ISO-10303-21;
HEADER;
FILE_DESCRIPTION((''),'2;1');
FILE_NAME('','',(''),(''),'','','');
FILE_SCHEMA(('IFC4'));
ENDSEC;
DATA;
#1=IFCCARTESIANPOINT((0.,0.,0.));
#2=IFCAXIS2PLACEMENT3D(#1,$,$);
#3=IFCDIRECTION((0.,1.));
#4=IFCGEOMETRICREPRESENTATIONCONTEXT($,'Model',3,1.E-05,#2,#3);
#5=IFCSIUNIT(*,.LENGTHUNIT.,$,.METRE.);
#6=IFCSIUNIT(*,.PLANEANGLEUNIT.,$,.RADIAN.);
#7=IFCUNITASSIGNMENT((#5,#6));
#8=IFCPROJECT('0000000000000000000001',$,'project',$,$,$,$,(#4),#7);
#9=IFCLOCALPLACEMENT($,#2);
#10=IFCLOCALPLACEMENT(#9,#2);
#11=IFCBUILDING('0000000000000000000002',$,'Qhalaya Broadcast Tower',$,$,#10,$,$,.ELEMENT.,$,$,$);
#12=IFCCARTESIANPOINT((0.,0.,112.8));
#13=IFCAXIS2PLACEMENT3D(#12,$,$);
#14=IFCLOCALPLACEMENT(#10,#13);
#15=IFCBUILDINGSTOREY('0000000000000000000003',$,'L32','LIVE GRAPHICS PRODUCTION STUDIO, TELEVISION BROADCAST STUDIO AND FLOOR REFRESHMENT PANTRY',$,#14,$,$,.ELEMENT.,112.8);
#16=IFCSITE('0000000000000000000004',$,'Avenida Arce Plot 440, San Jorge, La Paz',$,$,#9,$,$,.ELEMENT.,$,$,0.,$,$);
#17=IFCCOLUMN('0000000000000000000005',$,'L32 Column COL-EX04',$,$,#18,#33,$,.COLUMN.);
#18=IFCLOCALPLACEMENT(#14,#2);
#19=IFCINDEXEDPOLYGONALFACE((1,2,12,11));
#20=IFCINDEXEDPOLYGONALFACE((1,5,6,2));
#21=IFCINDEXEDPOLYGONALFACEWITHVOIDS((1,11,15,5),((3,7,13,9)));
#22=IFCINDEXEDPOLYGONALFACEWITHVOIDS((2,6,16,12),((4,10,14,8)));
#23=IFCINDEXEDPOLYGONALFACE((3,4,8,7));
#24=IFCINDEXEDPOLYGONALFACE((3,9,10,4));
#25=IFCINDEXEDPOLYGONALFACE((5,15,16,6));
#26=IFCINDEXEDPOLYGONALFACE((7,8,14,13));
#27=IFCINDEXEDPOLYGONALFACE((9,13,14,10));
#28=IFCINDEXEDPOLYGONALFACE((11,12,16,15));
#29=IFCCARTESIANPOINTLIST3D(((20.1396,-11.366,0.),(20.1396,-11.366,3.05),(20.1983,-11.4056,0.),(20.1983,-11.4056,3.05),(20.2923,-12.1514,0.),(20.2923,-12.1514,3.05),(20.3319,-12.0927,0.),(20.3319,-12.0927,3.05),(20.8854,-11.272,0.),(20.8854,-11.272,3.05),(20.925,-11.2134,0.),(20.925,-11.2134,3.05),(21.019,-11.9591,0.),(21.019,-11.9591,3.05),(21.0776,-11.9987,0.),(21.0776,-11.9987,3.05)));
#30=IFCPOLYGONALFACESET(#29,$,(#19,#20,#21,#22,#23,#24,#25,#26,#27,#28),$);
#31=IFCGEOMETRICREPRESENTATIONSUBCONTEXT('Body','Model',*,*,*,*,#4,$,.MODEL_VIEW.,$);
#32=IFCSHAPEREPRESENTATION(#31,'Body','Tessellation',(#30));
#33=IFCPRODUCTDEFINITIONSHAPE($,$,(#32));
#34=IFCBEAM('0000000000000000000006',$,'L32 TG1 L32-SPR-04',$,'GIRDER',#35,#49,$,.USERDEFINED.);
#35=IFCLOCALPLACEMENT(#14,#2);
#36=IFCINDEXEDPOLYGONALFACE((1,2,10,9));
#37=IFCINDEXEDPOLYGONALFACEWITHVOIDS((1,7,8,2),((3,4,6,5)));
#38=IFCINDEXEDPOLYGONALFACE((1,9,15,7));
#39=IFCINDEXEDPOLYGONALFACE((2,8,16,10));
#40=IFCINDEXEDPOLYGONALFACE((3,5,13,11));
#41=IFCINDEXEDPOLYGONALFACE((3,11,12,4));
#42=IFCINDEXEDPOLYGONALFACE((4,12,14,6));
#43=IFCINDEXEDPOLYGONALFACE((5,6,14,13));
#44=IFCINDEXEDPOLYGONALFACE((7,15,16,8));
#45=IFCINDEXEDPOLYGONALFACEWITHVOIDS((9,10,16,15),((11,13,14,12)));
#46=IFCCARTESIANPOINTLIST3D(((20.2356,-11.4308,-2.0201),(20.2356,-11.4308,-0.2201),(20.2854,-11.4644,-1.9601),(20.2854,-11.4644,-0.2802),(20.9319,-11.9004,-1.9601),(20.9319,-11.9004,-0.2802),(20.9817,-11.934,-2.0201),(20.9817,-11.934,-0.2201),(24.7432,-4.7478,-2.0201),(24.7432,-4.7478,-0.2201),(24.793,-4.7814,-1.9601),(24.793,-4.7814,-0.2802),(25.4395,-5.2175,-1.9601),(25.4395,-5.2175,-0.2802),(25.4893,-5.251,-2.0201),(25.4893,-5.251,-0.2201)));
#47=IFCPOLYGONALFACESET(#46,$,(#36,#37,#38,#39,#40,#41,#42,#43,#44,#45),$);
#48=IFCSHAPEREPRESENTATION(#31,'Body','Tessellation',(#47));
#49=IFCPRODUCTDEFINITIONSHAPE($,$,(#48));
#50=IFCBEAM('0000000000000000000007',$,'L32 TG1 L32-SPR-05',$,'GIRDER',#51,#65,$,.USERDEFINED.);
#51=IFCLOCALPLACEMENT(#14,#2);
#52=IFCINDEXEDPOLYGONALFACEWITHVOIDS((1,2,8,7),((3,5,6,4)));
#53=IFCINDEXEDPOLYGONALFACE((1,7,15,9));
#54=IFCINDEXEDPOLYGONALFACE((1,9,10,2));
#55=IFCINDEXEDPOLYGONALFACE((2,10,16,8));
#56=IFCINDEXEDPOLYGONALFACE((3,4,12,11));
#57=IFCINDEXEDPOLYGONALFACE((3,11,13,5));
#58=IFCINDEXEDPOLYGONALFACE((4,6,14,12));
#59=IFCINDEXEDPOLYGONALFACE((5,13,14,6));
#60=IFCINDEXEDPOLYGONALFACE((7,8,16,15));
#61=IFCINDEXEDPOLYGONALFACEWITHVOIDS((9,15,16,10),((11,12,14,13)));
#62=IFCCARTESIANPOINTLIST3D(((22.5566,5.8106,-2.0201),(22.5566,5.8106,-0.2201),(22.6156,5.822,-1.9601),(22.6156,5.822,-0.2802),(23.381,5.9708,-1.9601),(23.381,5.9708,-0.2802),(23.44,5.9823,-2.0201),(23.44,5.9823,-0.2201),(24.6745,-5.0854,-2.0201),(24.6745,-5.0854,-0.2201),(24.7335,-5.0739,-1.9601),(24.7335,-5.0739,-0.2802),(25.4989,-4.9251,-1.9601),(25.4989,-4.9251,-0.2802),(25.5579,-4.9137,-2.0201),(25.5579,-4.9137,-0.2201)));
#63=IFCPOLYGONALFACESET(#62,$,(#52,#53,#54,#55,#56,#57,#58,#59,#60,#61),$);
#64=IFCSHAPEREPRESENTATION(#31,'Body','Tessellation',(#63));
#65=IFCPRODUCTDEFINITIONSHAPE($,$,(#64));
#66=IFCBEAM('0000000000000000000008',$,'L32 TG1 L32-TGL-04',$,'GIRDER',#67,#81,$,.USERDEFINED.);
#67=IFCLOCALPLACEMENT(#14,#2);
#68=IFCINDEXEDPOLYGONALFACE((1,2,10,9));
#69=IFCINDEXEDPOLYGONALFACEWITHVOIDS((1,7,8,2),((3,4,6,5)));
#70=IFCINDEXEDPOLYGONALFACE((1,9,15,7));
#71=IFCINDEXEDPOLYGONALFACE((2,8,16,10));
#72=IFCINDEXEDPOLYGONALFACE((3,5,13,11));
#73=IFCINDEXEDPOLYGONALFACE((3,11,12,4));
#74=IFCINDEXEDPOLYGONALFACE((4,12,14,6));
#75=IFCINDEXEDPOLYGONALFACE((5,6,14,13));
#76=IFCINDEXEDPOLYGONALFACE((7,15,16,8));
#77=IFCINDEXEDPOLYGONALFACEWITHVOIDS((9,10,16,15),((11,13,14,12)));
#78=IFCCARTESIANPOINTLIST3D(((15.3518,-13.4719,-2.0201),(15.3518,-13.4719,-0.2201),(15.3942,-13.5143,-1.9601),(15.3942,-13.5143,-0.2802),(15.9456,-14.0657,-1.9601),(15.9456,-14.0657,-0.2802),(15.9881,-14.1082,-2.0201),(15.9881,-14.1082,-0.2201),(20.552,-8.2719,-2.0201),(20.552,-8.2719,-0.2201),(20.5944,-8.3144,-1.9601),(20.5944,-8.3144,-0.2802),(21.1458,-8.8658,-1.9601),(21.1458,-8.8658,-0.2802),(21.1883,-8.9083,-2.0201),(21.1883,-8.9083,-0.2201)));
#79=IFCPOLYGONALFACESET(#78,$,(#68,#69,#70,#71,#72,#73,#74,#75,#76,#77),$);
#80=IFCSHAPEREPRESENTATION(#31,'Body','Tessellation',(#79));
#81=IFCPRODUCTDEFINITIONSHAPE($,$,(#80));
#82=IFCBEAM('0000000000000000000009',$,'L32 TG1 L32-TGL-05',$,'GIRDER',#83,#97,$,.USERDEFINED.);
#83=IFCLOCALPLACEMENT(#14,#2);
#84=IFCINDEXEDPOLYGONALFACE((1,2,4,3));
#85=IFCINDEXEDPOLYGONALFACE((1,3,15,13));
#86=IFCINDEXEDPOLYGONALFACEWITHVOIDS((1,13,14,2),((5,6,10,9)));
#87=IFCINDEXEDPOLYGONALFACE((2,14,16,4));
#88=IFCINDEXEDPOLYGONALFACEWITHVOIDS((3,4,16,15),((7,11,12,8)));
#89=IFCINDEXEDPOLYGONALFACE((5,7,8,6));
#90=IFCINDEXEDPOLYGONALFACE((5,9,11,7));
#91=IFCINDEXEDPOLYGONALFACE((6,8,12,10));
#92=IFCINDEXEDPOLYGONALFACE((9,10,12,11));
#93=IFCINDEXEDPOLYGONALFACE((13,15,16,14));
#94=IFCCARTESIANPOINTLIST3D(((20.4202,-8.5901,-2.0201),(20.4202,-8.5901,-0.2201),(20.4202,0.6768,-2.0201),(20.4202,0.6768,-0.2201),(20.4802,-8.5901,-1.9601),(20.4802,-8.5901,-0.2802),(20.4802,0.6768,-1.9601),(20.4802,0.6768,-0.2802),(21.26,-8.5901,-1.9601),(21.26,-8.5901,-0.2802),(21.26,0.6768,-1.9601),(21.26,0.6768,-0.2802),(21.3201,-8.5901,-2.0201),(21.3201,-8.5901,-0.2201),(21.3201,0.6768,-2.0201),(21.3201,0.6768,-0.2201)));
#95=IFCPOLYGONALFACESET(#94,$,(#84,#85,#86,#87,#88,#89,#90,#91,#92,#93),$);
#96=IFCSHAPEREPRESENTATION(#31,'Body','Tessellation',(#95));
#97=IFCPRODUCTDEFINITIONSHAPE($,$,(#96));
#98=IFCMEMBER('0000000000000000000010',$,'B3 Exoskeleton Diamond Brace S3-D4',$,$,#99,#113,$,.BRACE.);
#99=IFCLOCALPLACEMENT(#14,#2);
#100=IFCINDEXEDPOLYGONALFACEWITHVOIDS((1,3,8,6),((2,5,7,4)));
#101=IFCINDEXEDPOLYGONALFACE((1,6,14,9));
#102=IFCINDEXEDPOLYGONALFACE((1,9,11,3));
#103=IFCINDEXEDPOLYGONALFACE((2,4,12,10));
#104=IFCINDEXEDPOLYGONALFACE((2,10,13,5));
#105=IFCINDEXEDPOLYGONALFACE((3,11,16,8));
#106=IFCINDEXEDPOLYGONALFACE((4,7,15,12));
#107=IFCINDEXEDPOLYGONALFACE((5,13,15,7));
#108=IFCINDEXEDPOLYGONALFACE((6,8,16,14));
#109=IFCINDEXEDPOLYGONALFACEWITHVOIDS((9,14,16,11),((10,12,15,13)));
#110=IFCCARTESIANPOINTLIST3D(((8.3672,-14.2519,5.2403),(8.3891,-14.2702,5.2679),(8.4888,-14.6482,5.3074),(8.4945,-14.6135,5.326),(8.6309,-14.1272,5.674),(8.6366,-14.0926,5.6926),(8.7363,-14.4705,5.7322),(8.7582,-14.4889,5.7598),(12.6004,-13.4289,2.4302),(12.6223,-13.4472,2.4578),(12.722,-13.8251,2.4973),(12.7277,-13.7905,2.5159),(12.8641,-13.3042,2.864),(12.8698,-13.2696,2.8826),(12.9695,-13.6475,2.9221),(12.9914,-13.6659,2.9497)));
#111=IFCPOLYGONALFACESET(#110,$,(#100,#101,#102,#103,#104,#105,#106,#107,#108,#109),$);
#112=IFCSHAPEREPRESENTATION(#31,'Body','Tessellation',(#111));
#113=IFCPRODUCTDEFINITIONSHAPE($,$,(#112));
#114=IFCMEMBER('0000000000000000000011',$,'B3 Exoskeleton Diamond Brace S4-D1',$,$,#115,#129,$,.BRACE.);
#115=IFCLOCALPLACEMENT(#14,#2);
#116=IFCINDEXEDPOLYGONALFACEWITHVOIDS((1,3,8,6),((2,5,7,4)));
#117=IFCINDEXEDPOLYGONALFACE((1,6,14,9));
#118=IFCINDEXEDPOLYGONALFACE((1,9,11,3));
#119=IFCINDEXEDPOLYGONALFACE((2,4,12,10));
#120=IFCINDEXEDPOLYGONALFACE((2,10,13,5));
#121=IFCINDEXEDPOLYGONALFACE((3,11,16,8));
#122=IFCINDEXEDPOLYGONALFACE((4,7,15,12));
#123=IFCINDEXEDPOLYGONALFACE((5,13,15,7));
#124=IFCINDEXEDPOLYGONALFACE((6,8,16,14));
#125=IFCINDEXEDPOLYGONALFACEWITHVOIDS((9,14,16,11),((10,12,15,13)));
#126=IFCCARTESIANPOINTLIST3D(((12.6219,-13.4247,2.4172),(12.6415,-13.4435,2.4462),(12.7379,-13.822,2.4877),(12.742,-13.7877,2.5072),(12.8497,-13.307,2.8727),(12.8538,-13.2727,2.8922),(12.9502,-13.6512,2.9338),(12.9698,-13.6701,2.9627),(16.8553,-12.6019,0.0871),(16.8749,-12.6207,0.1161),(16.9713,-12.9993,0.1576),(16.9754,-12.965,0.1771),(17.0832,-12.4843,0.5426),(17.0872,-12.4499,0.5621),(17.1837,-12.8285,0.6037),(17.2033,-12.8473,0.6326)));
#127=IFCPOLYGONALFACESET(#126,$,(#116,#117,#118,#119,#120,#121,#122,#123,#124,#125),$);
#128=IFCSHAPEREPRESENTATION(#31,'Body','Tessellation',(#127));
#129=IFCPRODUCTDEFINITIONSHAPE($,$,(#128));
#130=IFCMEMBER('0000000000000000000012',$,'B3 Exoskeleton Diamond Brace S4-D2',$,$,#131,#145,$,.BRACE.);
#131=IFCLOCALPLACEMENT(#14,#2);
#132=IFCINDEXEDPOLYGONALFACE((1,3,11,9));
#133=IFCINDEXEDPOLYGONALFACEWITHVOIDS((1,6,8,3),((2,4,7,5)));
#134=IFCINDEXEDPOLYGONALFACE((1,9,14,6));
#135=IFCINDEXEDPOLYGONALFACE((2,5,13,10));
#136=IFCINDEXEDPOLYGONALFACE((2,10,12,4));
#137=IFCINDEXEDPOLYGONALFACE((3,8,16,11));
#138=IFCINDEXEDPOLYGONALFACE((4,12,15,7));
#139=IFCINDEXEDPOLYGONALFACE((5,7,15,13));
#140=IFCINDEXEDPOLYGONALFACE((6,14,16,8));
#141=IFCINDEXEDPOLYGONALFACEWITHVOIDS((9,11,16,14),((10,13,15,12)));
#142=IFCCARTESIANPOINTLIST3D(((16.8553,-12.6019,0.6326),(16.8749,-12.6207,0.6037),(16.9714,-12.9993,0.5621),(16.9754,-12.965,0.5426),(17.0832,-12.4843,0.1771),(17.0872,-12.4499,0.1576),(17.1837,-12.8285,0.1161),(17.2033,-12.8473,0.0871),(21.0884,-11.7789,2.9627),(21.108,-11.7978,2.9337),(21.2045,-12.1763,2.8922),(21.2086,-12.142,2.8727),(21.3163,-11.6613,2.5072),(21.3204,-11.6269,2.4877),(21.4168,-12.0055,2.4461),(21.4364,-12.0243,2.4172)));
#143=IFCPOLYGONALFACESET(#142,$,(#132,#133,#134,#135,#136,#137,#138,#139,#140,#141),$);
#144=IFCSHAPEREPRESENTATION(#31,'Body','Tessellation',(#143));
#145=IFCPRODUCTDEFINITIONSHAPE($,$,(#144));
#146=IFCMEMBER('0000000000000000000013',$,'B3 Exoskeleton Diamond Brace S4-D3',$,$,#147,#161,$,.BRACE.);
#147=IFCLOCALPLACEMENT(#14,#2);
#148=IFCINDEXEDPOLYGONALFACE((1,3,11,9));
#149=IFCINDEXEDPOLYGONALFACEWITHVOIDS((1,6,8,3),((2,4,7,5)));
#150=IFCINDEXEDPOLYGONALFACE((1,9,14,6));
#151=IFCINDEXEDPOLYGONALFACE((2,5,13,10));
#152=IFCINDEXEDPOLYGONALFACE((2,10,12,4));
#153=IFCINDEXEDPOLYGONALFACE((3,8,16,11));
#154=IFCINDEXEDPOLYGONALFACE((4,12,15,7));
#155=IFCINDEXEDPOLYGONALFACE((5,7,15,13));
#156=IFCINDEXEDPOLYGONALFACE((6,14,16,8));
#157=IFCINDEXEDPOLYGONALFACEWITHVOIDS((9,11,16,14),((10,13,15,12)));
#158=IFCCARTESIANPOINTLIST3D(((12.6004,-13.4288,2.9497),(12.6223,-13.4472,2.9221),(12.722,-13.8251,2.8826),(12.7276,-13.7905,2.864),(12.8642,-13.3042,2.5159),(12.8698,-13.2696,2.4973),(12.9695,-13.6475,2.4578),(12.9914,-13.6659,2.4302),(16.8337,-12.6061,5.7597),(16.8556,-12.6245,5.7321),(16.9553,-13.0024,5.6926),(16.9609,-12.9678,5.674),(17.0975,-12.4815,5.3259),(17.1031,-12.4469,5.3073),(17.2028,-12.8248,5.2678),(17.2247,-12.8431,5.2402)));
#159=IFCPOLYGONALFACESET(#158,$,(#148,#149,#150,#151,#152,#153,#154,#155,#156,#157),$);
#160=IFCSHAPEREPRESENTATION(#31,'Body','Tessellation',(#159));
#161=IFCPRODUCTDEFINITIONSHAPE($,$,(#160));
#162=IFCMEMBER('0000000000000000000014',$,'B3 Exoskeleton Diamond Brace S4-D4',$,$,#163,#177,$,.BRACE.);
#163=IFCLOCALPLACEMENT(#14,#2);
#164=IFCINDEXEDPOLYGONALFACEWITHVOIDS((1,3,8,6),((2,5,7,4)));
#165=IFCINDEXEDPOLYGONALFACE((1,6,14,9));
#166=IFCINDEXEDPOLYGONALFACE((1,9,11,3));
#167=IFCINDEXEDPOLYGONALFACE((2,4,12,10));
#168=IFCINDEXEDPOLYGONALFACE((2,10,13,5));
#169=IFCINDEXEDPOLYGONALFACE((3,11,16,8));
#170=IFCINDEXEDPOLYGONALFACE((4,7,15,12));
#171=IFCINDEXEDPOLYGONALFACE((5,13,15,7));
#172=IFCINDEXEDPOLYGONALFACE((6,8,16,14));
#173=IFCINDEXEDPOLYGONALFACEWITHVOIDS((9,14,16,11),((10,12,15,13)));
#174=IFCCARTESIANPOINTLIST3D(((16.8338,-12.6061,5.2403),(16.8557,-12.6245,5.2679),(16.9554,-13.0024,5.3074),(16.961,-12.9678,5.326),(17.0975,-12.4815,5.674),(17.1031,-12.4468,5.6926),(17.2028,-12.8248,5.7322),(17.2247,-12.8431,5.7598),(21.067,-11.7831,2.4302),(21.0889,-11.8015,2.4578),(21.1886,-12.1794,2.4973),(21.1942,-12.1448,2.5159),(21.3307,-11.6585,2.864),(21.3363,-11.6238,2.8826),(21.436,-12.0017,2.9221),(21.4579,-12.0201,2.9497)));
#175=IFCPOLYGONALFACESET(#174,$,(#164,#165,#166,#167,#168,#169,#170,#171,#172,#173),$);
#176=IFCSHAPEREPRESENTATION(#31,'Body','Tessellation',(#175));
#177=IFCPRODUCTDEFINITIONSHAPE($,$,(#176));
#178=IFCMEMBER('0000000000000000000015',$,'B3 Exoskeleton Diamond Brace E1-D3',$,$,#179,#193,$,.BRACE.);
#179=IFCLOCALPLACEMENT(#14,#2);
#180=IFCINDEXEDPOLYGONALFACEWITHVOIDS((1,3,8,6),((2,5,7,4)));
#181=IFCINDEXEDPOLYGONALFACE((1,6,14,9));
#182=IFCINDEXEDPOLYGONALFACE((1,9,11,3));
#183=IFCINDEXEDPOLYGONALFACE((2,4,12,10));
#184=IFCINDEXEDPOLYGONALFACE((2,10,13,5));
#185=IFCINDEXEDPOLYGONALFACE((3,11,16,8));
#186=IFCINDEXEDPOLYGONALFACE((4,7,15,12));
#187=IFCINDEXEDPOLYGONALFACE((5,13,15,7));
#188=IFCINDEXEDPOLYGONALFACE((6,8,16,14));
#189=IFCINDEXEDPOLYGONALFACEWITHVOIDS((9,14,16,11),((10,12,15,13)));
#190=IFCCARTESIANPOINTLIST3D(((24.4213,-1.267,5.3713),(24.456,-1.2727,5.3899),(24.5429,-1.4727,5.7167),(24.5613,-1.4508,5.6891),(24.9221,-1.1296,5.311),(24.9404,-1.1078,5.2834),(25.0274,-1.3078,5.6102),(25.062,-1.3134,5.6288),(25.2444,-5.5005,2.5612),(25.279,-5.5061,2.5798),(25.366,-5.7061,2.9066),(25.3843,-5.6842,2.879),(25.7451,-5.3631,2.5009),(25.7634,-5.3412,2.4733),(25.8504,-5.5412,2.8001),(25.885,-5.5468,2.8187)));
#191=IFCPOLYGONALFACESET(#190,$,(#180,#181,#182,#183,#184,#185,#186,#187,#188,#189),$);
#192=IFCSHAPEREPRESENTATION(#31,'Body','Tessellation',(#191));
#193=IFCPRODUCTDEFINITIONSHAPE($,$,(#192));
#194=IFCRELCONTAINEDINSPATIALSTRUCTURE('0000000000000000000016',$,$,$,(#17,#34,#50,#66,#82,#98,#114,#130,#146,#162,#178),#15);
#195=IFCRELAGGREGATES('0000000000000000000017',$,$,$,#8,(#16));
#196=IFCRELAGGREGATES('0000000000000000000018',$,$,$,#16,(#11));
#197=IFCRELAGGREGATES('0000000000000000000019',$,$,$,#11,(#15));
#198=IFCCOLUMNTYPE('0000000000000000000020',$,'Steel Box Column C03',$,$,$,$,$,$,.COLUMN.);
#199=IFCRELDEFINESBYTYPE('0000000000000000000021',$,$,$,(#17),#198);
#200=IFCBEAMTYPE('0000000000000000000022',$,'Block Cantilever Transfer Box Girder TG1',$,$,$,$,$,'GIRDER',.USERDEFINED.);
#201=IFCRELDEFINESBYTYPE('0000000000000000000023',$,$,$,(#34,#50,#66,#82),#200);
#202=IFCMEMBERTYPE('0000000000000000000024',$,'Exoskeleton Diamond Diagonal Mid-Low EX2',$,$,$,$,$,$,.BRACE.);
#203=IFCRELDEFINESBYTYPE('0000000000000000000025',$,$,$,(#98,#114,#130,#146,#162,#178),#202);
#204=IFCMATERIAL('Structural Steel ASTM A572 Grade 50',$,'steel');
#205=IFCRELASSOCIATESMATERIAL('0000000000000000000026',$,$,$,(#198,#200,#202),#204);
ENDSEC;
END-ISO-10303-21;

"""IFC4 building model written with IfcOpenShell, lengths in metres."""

from ifc_helpers import new_model, si_unit, direction, frame, origin, origin_2d, place, context, subcontext, project, spatial, hollow_rectangle, extrude, material, material_profile, profile_set, type_object, element, save


model = new_model("IFC4")

# Units and contexts
model_context = context("Model", 3, precision=1e-05, world=origin(), true_north=direction((0.0, 1.0)))
body_context = subcontext(model_context, "Body", "Model", "MODEL_VIEW")
ifc_project = project(units=[si_unit("LENGTHUNIT", "METRE"), si_unit("PLANEANGLEUNIT", "RADIAN")], contexts=[model_context])

# Site, building, storey
site_placement = place(None, origin())
site = spatial("IfcSite", under=ifc_project, at=site_placement, Name="Avenida Arce Plot 440, San Jorge, La Paz", CompositionType="ELEMENT", RefElevation=0.0)
building_placement = place(site_placement, origin())
building = spatial("IfcBuilding", under=site, at=building_placement, Name="Qhalaya Broadcast Tower", CompositionType="ELEMENT")
storey_placement = place(building_placement, frame((0.0, 0.0, 112.8)))
storey = spatial("IfcBuildingStorey", under=building, at=storey_placement, Name="L32", Description="LIVE GRAPHICS PRODUCTION STUDIO, TELEVISION BROADCAST STUDIO AND FLOOR REFRESHMENT PANTRY", CompositionType="ELEMENT", Elevation=112.8)

# Column
ifc_material_1 = material(Name="Structural Steel ASTM A572 Grade 50", Category="steel")
ifc_material_profile_1 = material_profile(ifc_material_1, hollow_rectangle(XDim=0.8, YDim=0.8, WallThickness=0.05, at=origin_2d()), Name="BOX 800x800x50")
ifc_profile_set_1 = profile_set([ifc_material_profile_1], Name="Structural Steel ASTM A572 Grade 50")
column_type = type_object("IfcColumnType", Name="Steel Box Column C03", PredefinedType="COLUMN", material=ifc_profile_set_1)
column_placement = place(storey_placement, frame((20.6086, -11.6824, 0.0), z_axis=(0.0, 0.0, 1.0), x_axis=(0.981627, 0.190809, 0.0)))
element("IfcColumn", 1, at=column_placement, inside=storey, type_object=column_type, Name="L32 Column COL-EX04", PredefinedType="COLUMN", context=body_context, shape_type="SweptSolid", body=[
    extrude(hollow_rectangle(XDim=0.8, YDim=0.8, WallThickness=0.05, at=origin_2d()), origin(), (0.0, 0.0, 1.0), 3.05),
])

# Beams
ifc_material_profile_2 = material_profile(ifc_material_1, hollow_rectangle(XDim=0.8999, YDim=1.8, WallThickness=0.0601, at=origin_2d()), Name="BOX 900x1800x60")
ifc_profile_set_2 = profile_set([ifc_material_profile_2], Name="Structural Steel ASTM A572 Grade 50")
beam_type_1 = type_object("IfcBeamType", Name="Block Cantilever Transfer Box Girder TG1", ElementType="GIRDER", PredefinedType="USERDEFINED", material=ifc_profile_set_2)
beam_1_placement = place(storey_placement, frame((20.6086, -11.6824, -1.1201), z_axis=(0.559186, 0.829042, 0.0), x_axis=(-0.829042, 0.559186, 0.0)))
element("IfcBeam", 2, at=beam_1_placement, inside=storey, type_object=beam_type_1, Name="L32 TG1 L32-SPR-04", ObjectType="GIRDER", PredefinedType="USERDEFINED", context=body_context, shape_type="SweptSolid", body=[
    extrude(hollow_rectangle(XDim=0.8999, YDim=1.8, WallThickness=0.0601, at=origin_2d()), origin(), (0.0, 0.0, 1.0), 8.061),
])
beam_2_placement = place(storey_placement, frame((25.1162, -4.9995, -1.1201), z_axis=(-0.190805, 0.981628, 0.0), x_axis=(-0.981628, -0.190805, 0.0)))
element("IfcBeam", 3, at=beam_2_placement, inside=storey, type_object=beam_type_1, Name="L32 TG1 L32-SPR-05", ObjectType="GIRDER", PredefinedType="USERDEFINED", context=body_context, shape_type="SweptSolid", body=[
    extrude(hollow_rectangle(XDim=0.8999, YDim=1.8, WallThickness=0.0601, at=origin_2d()), origin(), (0.0, 0.0, 1.0), 11.0999),
])
beam_3_placement = place(storey_placement, frame((15.6699, -13.79, -1.1201), z_axis=(0.707123, 0.70709, 0.0), x_axis=(-0.70709, 0.707123, 0.0)))
element("IfcBeam", 4, at=beam_3_placement, inside=storey, type_object=beam_type_1, Name="L32 TG1 L32-TGL-04", ObjectType="GIRDER", PredefinedType="USERDEFINED", context=body_context, shape_type="SweptSolid", body=[
    extrude(hollow_rectangle(XDim=0.8999, YDim=1.8, WallThickness=0.0601, at=origin_2d()), origin(), (0.0, 0.0, 1.0), 7.354),
])
beam_4_placement = place(storey_placement, frame((20.8701, -8.5901, -1.1201), z_axis=(0.0, 1.0, 0.0), x_axis=(-1.0, 0.0, 0.0)))
element("IfcBeam", 5, at=beam_4_placement, inside=storey, type_object=beam_type_1, Name="L32 TG1 L32-TGL-05", ObjectType="GIRDER", PredefinedType="USERDEFINED", context=body_context, shape_type="SweptSolid", body=[
    extrude(hollow_rectangle(XDim=0.8999, YDim=1.8, WallThickness=0.0601, at=origin_2d()), origin(), (0.0, 0.0, 1.0), 9.2668),
])

# Members
ifc_material_profile_3 = material_profile(ifc_material_1, hollow_rectangle(XDim=0.4199, YDim=0.55, WallThickness=0.0281, at=origin_2d()), Name="BOX 420x550x28")
ifc_profile_set_3 = profile_set([ifc_material_profile_3], Name="Structural Steel ASTM A572 Grade 50")
member_type = type_object("IfcMemberType", Name="Exoskeleton Diamond Diagonal Mid-Low EX2", PredefinedType="BRACE", material=ifc_profile_set_3)
member_1_placement = place(storey_placement, frame((12.7959, -13.5474, 2.6899), z_axis=(-0.822424, -0.159893, 0.545943), x_axis=(0.289594, -0.943705, 0.159864)))
element("IfcMember", 6, at=member_1_placement, inside=storey, type_object=member_type, Name="B3 Exoskeleton Diamond Brace S3-D4", PredefinedType="BRACE", context=body_context, shape_type="SweptSolid", body=[
    extrude(hollow_rectangle(XDim=0.4199, YDim=0.55, WallThickness=0.0281, at=origin_2d()), origin(), (0.0, 0.0, 1.0), 5.1472),
])
member_2_placement = place(storey_placement, frame((17.0293, -12.7246, 0.3599), z_axis=(-0.863638, -0.167847, 0.475349), x_axis=(0.276309, -0.946294, 0.167873)))
element("IfcMember", 7, at=member_2_placement, inside=storey, type_object=member_type, Name="B3 Exoskeleton Diamond Brace S4-D1", PredefinedType="BRACE", context=body_context, shape_type="SweptSolid", body=[
    extrude(hollow_rectangle(XDim=0.4199, YDim=0.55, WallThickness=0.0281, at=origin_2d()), origin(), (0.0, 0.0, 1.0), 4.9019),
])
member_3_placement = place(storey_placement, frame((17.0293, -12.7246, 0.3599), z_axis=(0.863618, 0.167902, 0.475366), x_axis=(-0.276375, 0.946275, 0.167871)))
element("IfcMember", 8, at=member_3_placement, inside=storey, type_object=member_type, Name="B3 Exoskeleton Diamond Brace S4-D2", PredefinedType="BRACE", context=body_context, shape_type="SweptSolid", body=[
    extrude(hollow_rectangle(XDim=0.4199, YDim=0.55, WallThickness=0.0281, at=origin_2d()), origin(), (0.0, 0.0, 1.0), 4.9016),
])
for number, where, z_axis, x_axis, name in (
    (9, (12.7959, -13.5474, 2.6899), (0.822445, 0.159841, 0.545925), (-0.289528, 0.943725, 0.159866), "B3 Exoskeleton Diamond Brace S4-D3"),
    (10, (21.2625, -11.9016, 2.6899), (-0.822424, -0.159893, 0.545943), (0.289594, -0.943705, 0.159864), "B3 Exoskeleton Diamond Brace S4-D4"),
):
    element("IfcMember", number, at=place(storey_placement, frame(where, z_axis=z_axis, x_axis=x_axis)), inside=storey, type_object=member_type, Name=name, PredefinedType="BRACE", context=body_context, shape_type="SweptSolid", body=[
        extrude(hollow_rectangle(XDim=0.4199, YDim=0.55, WallThickness=0.0281, at=origin_2d()), origin(), (0.0, 0.0, 1.0), 5.1472),
    ])
member_4_placement = place(storey_placement, frame((25.5647, -5.5237, 2.6899), z_axis=(-0.159887, 0.822439, 0.545921), x_axis=(0.289568, -0.48963, 0.822443)))
element("IfcMember", 11, at=member_4_placement, inside=storey, type_object=member_type, Name="B3 Exoskeleton Diamond Brace E1-D3", PredefinedType="BRACE", context=body_context, shape_type="SweptSolid", body=[
    extrude(hollow_rectangle(XDim=0.4199, YDim=0.55, WallThickness=0.0281, at=origin_2d()), origin(), (0.0, 0.0, 1.0), 5.1475),
])

save(model, "model.ifc")
